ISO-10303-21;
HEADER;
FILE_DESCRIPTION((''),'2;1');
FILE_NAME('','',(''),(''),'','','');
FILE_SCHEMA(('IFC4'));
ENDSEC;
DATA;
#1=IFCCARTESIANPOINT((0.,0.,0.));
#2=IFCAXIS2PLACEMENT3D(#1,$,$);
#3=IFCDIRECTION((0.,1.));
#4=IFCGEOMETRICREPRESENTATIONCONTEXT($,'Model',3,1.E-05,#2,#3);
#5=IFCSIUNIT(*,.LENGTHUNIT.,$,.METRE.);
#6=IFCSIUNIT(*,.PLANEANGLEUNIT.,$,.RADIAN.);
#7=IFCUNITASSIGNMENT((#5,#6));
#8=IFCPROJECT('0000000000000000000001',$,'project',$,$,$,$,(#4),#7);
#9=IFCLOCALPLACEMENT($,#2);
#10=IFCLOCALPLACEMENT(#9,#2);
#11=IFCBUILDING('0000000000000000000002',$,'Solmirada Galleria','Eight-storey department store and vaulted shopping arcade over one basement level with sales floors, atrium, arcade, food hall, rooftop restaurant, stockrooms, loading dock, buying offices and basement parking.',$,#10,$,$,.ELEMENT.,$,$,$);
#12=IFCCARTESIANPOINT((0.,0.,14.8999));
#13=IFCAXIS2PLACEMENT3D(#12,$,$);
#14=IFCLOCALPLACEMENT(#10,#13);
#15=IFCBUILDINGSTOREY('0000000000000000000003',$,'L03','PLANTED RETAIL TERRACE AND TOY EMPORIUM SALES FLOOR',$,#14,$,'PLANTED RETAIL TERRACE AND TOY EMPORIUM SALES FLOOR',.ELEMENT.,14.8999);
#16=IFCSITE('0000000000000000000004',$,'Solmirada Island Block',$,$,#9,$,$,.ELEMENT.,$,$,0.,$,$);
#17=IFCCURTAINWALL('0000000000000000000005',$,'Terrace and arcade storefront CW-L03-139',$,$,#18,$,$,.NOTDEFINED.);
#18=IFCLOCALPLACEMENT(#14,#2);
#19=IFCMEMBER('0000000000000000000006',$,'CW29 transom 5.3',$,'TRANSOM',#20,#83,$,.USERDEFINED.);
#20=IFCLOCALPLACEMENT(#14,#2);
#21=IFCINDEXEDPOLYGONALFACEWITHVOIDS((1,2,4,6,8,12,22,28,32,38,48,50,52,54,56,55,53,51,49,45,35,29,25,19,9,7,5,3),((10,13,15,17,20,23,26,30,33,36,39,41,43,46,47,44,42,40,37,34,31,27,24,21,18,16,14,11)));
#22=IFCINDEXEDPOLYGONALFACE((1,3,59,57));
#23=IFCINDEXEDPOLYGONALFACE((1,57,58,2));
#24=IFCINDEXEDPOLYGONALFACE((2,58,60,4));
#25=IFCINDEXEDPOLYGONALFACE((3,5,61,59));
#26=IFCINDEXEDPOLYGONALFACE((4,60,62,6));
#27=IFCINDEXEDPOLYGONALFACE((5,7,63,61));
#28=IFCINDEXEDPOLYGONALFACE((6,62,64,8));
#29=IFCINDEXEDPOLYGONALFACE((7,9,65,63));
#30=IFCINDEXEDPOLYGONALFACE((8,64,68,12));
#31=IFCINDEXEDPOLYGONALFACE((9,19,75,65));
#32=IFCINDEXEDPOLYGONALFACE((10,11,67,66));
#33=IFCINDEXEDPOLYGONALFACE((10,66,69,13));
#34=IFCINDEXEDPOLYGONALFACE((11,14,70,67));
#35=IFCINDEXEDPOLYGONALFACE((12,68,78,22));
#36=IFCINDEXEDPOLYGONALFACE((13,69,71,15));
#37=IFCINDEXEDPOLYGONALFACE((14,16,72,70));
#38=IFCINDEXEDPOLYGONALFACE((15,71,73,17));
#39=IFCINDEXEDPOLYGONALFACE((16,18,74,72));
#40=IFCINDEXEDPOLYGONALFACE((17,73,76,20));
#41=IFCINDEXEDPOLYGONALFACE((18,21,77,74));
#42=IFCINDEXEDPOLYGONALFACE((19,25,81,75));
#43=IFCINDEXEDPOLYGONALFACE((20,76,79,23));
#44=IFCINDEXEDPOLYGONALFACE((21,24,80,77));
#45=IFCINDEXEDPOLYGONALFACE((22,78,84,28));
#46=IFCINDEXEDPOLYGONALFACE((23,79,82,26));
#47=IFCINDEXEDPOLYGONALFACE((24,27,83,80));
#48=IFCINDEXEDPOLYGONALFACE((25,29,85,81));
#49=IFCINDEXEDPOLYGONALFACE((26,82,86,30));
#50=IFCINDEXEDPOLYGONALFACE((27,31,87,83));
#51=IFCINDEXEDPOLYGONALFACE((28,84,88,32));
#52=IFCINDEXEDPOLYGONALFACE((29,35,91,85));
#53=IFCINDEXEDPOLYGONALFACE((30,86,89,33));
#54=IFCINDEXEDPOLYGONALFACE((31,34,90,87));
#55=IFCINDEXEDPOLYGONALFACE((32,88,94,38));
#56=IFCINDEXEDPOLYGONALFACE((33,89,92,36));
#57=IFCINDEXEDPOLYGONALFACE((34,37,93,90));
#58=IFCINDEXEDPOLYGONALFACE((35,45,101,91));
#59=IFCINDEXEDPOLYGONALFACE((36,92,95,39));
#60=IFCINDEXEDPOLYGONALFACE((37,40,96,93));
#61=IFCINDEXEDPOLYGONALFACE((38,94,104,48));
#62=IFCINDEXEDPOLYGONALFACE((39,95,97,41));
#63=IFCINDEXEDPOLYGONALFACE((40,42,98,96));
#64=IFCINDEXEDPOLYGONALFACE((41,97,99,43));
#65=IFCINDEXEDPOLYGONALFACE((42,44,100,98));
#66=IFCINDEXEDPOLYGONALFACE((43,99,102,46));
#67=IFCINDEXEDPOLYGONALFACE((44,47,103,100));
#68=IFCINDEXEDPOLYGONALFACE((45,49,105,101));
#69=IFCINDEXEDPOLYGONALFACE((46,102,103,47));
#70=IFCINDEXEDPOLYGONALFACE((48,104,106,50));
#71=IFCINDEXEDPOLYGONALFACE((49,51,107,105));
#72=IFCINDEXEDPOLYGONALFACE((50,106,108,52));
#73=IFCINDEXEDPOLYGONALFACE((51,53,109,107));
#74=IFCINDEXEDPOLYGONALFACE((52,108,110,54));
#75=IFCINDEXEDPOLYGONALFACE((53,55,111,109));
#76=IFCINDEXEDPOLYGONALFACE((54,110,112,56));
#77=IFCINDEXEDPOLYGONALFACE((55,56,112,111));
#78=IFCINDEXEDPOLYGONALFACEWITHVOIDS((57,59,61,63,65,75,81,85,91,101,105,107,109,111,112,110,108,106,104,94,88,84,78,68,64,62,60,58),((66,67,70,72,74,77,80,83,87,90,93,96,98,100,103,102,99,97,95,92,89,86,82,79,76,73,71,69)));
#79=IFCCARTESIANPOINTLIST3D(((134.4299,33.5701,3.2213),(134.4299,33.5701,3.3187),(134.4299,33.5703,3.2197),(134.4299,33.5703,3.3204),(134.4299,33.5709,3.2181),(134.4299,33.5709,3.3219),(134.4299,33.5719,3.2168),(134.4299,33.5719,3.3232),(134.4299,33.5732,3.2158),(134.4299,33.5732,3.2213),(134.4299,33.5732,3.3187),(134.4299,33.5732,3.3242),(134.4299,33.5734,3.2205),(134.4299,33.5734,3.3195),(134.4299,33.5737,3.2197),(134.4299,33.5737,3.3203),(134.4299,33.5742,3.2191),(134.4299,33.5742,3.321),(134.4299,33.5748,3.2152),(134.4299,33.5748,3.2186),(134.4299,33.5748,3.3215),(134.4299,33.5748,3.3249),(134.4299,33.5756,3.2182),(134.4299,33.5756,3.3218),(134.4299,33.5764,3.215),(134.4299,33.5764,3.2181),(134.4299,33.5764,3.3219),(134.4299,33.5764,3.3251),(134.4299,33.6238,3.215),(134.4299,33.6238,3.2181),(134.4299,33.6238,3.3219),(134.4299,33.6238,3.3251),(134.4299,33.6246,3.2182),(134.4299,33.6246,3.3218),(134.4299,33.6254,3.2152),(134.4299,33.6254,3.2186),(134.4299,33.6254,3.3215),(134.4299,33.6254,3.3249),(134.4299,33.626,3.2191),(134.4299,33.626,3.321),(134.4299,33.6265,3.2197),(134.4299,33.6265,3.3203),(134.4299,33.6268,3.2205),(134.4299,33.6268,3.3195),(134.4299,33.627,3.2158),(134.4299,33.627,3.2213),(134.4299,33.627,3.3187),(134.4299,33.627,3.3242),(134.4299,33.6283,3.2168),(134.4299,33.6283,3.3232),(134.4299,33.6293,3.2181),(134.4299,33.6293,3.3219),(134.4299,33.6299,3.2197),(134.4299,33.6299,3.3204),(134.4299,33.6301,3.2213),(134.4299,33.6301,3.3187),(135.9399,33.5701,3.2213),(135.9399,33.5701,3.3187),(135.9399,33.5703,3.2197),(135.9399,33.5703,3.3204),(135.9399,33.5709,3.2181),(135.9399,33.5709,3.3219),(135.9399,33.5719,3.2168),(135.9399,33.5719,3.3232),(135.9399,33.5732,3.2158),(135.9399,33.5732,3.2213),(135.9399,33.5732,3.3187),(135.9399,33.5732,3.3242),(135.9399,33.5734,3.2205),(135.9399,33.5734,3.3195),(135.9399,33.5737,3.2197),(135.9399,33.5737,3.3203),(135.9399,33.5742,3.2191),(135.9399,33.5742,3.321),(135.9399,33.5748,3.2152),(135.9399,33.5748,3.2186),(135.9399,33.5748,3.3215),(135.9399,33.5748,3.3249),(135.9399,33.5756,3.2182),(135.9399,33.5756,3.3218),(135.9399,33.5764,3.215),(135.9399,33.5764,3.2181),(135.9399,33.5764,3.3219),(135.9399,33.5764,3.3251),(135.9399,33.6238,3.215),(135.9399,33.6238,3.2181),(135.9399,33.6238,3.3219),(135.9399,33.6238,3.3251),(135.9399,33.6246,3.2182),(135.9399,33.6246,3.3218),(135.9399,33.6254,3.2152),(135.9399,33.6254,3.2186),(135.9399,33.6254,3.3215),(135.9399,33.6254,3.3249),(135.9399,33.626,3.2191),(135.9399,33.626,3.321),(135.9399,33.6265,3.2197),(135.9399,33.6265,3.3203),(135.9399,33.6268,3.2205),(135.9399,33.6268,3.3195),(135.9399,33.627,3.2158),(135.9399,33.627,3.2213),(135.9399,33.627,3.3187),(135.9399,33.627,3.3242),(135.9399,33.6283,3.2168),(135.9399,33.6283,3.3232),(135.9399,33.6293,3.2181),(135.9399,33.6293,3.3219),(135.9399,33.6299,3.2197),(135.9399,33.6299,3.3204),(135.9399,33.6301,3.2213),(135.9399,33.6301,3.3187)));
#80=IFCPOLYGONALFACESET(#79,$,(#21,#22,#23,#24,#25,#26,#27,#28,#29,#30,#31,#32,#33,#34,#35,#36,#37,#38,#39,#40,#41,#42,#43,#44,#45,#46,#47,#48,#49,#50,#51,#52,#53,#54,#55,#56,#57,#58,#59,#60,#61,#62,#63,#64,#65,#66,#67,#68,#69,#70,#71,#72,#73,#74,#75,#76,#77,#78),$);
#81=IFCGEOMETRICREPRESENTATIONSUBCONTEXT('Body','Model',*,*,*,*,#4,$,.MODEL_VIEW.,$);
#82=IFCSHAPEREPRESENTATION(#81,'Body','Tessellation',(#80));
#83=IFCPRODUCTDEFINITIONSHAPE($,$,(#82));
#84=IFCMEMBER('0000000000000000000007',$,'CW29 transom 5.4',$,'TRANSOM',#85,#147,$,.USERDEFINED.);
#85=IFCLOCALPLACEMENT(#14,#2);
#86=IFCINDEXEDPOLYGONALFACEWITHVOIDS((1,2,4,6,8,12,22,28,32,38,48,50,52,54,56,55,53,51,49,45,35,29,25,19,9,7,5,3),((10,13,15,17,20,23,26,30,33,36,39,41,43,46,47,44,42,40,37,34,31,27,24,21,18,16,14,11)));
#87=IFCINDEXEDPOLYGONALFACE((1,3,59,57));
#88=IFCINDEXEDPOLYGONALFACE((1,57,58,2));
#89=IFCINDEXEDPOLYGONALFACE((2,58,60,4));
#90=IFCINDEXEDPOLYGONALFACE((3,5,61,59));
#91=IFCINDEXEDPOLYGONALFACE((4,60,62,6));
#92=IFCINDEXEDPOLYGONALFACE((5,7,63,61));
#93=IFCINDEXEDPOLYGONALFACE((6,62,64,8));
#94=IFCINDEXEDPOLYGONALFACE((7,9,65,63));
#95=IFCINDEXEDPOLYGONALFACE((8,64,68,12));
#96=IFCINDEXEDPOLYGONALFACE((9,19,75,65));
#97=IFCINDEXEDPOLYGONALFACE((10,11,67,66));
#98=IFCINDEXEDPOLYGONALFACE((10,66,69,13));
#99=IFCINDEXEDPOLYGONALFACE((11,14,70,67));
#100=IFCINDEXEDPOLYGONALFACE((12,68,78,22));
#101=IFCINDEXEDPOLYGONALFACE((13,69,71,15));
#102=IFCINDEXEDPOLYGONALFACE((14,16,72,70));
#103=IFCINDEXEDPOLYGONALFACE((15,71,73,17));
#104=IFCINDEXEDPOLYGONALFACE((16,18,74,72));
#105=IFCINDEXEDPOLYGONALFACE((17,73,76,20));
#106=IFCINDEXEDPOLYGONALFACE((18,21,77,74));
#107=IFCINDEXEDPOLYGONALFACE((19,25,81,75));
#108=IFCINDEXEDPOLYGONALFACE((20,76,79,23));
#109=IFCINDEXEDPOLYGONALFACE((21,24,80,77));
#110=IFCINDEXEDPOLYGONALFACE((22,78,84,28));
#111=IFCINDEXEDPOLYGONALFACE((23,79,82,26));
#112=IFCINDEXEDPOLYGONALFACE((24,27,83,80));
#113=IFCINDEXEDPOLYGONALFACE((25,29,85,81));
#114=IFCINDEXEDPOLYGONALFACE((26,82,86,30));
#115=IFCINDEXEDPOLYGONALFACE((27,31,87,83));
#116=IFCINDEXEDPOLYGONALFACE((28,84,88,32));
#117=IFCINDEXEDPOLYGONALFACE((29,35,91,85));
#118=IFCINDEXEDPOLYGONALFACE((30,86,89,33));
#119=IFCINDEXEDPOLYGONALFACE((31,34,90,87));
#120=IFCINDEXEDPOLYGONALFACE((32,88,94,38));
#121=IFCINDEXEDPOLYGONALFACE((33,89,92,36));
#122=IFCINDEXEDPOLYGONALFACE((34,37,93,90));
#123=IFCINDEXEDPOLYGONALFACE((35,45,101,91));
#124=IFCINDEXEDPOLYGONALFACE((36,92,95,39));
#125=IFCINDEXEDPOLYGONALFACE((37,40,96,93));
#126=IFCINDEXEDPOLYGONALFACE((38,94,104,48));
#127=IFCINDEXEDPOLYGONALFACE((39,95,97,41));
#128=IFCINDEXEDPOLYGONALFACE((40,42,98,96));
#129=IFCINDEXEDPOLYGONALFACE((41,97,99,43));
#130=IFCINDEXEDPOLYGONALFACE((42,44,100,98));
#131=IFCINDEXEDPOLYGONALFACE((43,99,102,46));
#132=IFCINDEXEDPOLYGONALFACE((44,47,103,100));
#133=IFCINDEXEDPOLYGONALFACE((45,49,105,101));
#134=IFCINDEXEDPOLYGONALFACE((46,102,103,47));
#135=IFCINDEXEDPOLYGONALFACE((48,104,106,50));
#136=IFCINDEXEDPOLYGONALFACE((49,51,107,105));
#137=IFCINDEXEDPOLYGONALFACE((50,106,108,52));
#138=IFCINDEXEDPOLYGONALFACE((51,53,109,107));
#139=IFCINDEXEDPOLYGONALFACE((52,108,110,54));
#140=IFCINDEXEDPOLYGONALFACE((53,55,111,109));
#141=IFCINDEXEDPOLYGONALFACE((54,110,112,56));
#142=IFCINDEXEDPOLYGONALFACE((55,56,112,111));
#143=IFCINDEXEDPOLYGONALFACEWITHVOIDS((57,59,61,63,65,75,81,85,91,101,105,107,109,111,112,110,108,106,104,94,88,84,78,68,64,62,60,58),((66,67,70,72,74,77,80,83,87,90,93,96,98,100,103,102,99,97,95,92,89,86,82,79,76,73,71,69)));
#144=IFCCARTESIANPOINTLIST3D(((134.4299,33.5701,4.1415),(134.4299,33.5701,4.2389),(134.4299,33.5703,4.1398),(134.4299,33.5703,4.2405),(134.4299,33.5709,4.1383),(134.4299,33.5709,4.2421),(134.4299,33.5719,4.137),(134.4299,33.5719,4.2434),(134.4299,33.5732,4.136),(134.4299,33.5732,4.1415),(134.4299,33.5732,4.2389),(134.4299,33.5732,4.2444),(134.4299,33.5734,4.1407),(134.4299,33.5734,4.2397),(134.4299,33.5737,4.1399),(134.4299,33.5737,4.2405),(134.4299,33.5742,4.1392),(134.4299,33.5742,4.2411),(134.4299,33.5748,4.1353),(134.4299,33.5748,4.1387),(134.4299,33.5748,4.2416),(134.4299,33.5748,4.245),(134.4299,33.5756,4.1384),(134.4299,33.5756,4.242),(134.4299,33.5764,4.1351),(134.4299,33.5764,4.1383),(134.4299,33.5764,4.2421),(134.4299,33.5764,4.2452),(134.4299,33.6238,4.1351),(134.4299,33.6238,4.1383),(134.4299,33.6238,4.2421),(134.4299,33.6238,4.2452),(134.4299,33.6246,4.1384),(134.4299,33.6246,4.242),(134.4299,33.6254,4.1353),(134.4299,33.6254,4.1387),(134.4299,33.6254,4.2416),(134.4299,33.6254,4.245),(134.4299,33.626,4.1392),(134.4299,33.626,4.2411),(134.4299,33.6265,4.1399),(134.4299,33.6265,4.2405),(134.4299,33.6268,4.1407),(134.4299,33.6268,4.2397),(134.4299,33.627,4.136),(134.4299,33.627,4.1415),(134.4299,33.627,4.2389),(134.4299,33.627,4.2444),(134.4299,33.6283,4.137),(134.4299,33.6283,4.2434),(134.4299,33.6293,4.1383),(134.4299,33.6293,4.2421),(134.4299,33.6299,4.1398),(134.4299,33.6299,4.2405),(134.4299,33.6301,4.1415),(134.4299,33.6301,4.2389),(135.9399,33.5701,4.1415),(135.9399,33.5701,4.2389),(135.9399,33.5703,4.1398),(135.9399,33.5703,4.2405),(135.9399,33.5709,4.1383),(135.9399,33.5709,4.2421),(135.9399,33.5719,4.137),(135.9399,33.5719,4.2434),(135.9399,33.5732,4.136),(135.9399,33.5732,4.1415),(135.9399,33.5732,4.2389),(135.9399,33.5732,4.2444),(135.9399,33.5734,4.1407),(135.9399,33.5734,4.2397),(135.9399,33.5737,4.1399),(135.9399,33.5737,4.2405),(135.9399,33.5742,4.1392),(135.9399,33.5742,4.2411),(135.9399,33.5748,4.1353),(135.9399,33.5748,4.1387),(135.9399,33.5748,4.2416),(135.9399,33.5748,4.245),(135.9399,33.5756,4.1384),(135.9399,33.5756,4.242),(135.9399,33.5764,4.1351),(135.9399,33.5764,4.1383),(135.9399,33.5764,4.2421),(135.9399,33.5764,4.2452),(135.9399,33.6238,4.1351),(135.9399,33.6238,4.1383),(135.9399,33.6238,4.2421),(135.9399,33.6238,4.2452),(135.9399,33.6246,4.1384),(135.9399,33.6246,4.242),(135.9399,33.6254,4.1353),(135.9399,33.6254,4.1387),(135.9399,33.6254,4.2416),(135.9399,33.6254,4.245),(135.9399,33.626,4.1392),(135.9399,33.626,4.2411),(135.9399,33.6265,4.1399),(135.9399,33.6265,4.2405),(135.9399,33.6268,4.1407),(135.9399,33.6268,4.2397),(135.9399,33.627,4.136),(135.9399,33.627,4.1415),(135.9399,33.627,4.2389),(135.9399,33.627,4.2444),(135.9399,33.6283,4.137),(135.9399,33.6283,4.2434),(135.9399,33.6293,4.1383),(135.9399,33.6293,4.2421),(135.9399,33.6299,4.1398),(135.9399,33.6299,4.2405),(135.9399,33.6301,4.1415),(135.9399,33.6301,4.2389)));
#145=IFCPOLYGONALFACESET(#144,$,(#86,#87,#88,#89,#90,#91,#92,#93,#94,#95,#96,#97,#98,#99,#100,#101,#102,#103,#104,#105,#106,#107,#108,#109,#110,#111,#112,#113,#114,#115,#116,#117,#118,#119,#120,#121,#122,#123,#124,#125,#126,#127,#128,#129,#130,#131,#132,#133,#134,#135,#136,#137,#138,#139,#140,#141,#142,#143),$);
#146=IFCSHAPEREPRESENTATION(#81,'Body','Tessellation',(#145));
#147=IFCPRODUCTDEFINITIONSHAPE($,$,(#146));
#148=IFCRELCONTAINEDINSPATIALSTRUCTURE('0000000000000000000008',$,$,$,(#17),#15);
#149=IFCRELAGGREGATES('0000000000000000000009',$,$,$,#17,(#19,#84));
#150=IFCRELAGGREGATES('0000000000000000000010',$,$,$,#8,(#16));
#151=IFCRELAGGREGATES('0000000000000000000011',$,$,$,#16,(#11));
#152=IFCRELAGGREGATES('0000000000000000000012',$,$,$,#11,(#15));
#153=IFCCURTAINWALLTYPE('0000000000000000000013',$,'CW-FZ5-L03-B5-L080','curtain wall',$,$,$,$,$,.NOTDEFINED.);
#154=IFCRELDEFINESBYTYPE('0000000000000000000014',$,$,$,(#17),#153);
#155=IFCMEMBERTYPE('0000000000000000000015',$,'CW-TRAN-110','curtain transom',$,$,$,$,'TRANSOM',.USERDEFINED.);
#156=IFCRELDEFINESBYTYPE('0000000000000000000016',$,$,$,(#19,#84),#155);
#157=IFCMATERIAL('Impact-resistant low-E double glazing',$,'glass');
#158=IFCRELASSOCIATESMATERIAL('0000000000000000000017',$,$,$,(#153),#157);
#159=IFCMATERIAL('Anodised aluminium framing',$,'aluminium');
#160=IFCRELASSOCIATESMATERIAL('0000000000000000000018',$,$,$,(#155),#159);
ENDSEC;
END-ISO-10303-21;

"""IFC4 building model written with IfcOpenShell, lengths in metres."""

from ifc_helpers import new_model, si_unit, direction, frame, origin, origin_2d, place, context, subcontext, project, spatial, hollow_rectangle, extrude, material, material_profile, profile_set, type_object, element, aggregate, save


model = new_model("IFC4")

# Units and contexts
model_context = context("Model", 3, precision=1e-05, world=origin(), true_north=direction((0.0, 1.0)))
body_context = subcontext(model_context, "Body", "Model", "MODEL_VIEW")
ifc_project = project(units=[si_unit("LENGTHUNIT", "METRE"), si_unit("PLANEANGLEUNIT", "RADIAN")], contexts=[model_context])

# Site, building, storey
site_placement = place(None, origin())
site = spatial("IfcSite", under=ifc_project, at=site_placement, Name="Solmirada Island Block", CompositionType="ELEMENT", RefElevation=0.0)
building_placement = place(site_placement, origin())
building = spatial("IfcBuilding", under=site, at=building_placement, Name="Solmirada Galleria", Description="Eight-storey department store and vaulted shopping arcade over one basement level with sales floors, atrium, arcade, food hall, rooftop restaurant, stockrooms, loading dock, buying offices and basement parking.", CompositionType="ELEMENT")
storey_placement = place(building_placement, frame((0.0, 0.0, 14.8999)))
storey = spatial("IfcBuildingStorey", under=building, at=storey_placement, Name="L03", Description="PLANTED RETAIL TERRACE AND TOY EMPORIUM SALES FLOOR", LongName="PLANTED RETAIL TERRACE AND TOY EMPORIUM SALES FLOOR", CompositionType="ELEMENT", Elevation=14.8999)

# Curtain wall
ifc_material_1 = material(Name="Impact-resistant low-E double glazing", Category="glass")
curtain_wall_type = type_object("IfcCurtainWallType", Name="CW-FZ5-L03-B5-L080", Description="curtain wall", PredefinedType="NOTDEFINED", material=ifc_material_1)
curtain_wall_1_placement = place(storey_placement, origin())
curtain_wall_1 = element("IfcCurtainWall", 1, at=curtain_wall_1_placement, inside=storey, type_object=curtain_wall_type, Name="Terrace and arcade storefront CW-L03-139", PredefinedType="NOTDEFINED")
ifc_material_2 = material(Name="Anodised aluminium framing", Category="aluminium")

# Members
ifc_material_profile_1 = material_profile(ifc_material_2, hollow_rectangle(XDim=0.0601, YDim=0.1101, WallThickness=0.0032, InnerFilletRadius=0.0032, OuterFilletRadius=0.0063, at=origin_2d()), Name="ALU-TRAN-110X60")
ifc_profile_set_1 = profile_set([ifc_material_profile_1], Name="Anodised aluminium framing")
member_type_1 = type_object("IfcMemberType", Name="CW-TRAN-110", Description="curtain transom", ElementType="TRANSOM", PredefinedType="USERDEFINED", material=ifc_profile_set_1)
member_1_placement = place(storey_placement, frame((134.4299, 33.6001, 3.27), z_axis=(1.0, 0.0, 0.0), x_axis=(0.0, 1.0, 0.0)))
member_1 = element("IfcMember", 2, at=member_1_placement, type_object=member_type_1, Name="CW29 transom 5.3", ObjectType="TRANSOM", PredefinedType="USERDEFINED", context=body_context, shape_type="SweptSolid", body=[
    extrude(hollow_rectangle(XDim=0.0601, YDim=0.1101, WallThickness=0.0032, InnerFilletRadius=0.0032, OuterFilletRadius=0.0063, at=origin_2d()), origin(), (0.0, 0.0, 1.0), 1.51),
])
member_2_placement = place(storey_placement, frame((134.4299, 33.6001, 4.1902), z_axis=(1.0, 0.0, 0.0), x_axis=(0.0, 1.0, 0.0)))
member_2 = element("IfcMember", 3, at=member_2_placement, type_object=member_type_1, Name="CW29 transom 5.4", ObjectType="TRANSOM", PredefinedType="USERDEFINED", context=body_context, shape_type="SweptSolid", body=[
    extrude(hollow_rectangle(XDim=0.0601, YDim=0.1101, WallThickness=0.0032, InnerFilletRadius=0.0032, OuterFilletRadius=0.0063, at=origin_2d()), origin(), (0.0, 0.0, 1.0), 1.51),
])

aggregate(curtain_wall_1, [member_1, member_2])

save(model, "model.ifc")
